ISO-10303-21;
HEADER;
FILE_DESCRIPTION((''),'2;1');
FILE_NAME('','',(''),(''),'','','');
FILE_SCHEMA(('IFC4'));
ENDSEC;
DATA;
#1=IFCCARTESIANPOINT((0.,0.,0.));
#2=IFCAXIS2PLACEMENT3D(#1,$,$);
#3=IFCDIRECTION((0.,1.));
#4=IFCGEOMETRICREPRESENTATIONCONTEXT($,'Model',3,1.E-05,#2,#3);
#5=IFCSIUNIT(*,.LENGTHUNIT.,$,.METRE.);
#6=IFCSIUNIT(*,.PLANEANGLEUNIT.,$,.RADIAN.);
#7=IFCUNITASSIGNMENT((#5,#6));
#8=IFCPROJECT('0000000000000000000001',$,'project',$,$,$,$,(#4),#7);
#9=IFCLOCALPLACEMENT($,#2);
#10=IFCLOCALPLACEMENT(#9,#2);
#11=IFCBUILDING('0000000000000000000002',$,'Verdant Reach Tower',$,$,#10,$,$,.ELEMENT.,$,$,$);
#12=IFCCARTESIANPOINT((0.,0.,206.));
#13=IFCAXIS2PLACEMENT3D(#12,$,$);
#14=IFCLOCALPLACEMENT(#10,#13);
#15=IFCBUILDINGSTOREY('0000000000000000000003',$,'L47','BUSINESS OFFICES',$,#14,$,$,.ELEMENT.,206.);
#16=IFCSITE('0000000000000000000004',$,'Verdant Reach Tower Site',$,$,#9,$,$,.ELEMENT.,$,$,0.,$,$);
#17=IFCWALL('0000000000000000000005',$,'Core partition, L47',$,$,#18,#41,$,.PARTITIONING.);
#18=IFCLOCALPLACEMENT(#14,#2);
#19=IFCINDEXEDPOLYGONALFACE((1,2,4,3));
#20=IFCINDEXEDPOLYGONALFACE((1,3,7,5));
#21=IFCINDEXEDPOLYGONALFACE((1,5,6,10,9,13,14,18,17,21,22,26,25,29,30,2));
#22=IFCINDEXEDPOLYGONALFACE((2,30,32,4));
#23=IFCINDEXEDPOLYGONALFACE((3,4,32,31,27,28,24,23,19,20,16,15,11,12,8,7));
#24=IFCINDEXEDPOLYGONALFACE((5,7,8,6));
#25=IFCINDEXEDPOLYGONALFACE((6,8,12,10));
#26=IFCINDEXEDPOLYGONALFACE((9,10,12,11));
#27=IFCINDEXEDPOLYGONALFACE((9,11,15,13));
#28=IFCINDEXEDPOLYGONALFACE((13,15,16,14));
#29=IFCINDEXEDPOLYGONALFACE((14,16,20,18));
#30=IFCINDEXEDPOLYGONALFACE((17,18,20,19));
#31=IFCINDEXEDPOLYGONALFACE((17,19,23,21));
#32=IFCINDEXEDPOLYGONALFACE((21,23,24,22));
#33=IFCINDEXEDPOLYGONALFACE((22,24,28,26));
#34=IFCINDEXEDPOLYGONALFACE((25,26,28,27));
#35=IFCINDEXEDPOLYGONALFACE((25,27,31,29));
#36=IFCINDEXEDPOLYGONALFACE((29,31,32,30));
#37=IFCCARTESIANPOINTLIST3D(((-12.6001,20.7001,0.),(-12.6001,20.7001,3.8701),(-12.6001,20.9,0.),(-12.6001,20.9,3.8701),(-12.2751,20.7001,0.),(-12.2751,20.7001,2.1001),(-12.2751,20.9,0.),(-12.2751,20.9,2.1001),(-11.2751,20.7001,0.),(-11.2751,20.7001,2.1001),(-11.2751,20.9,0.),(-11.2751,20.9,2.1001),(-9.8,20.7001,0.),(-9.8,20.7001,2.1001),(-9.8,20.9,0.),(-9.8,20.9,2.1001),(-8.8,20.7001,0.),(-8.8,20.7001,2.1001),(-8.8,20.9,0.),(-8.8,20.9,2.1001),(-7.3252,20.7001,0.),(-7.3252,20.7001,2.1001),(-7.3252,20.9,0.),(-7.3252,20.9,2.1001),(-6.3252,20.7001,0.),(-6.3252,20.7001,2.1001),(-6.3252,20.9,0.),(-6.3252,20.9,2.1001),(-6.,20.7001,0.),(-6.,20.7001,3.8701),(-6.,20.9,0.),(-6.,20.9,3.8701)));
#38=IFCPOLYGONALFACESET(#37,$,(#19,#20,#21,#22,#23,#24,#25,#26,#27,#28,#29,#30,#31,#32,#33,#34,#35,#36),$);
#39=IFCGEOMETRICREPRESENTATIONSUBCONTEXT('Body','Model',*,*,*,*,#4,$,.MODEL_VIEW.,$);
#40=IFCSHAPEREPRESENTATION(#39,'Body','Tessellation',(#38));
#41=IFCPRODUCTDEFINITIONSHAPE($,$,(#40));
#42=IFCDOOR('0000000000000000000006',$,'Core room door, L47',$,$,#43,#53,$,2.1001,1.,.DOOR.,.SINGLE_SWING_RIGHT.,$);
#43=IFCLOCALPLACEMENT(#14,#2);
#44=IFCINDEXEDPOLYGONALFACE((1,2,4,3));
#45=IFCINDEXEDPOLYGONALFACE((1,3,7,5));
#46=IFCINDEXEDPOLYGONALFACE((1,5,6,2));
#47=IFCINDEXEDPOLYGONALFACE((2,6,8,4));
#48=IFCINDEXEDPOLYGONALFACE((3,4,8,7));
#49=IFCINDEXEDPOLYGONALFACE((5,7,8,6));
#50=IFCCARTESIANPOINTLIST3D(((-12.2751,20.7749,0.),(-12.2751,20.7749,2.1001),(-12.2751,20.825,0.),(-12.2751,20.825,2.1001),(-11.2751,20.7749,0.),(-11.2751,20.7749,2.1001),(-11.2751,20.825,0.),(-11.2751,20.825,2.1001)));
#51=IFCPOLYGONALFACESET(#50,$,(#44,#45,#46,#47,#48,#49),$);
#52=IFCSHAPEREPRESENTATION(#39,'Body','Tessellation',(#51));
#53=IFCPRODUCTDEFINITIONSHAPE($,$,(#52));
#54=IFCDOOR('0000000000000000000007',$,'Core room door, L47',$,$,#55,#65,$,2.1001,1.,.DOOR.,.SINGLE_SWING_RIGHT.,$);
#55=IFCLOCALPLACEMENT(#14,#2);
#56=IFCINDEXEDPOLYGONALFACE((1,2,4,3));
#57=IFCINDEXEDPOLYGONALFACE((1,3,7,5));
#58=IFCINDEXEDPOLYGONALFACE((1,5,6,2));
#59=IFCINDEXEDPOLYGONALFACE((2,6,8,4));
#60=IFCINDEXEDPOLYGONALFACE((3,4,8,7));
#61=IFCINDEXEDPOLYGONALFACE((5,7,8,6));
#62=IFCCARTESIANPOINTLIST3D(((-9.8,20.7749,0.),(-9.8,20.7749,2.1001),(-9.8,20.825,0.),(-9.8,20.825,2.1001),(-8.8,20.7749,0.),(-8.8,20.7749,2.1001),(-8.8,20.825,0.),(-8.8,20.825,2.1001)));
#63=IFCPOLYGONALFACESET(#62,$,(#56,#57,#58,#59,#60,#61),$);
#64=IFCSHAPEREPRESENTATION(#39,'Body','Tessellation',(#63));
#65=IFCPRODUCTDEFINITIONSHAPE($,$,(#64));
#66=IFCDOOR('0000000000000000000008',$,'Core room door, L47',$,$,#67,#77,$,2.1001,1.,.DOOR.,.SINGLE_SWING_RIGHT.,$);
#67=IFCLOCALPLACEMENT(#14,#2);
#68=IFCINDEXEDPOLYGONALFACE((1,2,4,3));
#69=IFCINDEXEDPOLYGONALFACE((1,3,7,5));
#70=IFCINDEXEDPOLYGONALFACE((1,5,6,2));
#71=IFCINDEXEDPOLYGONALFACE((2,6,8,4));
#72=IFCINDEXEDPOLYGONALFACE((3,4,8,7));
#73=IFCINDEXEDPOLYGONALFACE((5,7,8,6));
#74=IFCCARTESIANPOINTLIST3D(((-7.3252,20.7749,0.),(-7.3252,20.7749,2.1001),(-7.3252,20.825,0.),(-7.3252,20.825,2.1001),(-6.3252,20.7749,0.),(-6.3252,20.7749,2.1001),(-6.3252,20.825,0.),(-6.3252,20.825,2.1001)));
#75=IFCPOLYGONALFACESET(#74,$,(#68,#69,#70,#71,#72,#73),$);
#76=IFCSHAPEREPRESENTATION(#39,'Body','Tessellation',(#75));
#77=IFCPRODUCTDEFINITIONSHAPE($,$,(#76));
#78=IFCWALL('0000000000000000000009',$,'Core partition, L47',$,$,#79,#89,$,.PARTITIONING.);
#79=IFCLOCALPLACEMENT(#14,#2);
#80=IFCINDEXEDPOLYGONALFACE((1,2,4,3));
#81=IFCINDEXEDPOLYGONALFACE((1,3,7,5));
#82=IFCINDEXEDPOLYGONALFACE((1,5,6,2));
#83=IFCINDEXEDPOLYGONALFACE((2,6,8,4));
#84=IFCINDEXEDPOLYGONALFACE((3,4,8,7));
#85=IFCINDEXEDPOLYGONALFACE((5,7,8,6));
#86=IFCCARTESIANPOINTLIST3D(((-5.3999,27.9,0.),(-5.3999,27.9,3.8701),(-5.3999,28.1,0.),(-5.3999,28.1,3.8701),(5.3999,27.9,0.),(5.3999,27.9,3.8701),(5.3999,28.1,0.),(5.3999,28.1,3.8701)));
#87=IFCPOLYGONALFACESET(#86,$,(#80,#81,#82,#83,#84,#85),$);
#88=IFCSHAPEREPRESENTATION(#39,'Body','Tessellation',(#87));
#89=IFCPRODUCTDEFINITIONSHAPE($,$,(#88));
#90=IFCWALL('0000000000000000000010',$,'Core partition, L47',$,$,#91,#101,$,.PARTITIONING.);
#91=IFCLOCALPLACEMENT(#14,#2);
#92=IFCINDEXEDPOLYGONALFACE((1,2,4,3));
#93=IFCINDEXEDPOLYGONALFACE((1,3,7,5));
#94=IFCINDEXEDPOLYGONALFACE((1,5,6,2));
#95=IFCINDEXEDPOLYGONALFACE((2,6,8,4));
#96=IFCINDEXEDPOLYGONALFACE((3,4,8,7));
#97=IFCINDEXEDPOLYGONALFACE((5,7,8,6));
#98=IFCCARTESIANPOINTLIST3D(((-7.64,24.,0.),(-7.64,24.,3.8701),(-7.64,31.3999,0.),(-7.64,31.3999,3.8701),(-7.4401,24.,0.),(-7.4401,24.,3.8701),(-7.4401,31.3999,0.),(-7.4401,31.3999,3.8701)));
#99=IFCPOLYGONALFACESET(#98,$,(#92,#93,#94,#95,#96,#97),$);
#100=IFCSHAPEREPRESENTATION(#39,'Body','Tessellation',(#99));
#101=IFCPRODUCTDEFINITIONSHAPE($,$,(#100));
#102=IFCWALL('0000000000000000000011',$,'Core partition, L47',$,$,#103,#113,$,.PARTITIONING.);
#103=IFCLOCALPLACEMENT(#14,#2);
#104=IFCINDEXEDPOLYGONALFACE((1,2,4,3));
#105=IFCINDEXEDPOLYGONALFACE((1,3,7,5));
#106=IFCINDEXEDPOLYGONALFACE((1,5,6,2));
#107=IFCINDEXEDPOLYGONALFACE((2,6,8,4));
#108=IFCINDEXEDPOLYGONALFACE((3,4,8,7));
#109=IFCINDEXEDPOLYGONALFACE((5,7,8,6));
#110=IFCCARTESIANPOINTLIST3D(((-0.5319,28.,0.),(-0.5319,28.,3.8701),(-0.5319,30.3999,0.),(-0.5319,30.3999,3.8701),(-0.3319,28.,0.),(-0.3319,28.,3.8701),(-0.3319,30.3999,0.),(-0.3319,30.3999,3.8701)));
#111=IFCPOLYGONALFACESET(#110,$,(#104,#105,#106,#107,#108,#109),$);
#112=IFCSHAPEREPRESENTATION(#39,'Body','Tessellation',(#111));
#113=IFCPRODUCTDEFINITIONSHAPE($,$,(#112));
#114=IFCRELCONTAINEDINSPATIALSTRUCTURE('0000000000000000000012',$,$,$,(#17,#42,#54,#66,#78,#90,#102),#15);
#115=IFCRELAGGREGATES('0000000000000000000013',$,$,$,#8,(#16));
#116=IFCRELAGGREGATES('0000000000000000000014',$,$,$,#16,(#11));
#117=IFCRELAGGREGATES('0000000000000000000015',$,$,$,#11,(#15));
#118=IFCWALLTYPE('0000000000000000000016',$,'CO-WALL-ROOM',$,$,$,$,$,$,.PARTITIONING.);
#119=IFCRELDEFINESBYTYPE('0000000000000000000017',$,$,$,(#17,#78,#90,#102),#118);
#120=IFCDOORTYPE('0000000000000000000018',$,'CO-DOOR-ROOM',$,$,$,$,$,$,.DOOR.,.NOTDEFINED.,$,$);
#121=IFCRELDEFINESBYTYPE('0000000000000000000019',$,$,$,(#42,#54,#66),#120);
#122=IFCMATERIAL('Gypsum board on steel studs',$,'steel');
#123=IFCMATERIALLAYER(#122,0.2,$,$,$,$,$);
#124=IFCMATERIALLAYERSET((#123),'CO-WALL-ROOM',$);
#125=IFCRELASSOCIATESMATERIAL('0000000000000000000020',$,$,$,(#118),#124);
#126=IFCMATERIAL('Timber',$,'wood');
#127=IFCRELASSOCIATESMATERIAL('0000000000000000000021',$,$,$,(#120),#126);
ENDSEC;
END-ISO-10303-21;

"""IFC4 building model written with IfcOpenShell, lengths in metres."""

from ifc_helpers import new_model, si_unit, direction, frame, frame_2d, origin, place, context, subcontext, project, spatial, rectangle, extrude, material, layer, layer_set, type_object, element, fill, save


model = new_model("IFC4")

# Units and contexts
model_context = context("Model", 3, precision=1e-05, world=origin(), true_north=direction((0.0, 1.0)))
body_context = subcontext(model_context, "Body", "Model", "MODEL_VIEW")
ifc_project = project(units=[si_unit("LENGTHUNIT", "METRE"), si_unit("PLANEANGLEUNIT", "RADIAN")], contexts=[model_context])

# Site, building, storey
site_placement = place(None, origin())
site = spatial("IfcSite", under=ifc_project, at=site_placement, Name="Verdant Reach Tower Site", CompositionType="ELEMENT", RefElevation=0.0)
building_placement = place(site_placement, origin())
building = spatial("IfcBuilding", under=site, at=building_placement, Name="Verdant Reach Tower", CompositionType="ELEMENT")
storey_placement = place(building_placement, frame((0.0, 0.0, 206.0)))
storey = spatial("IfcBuildingStorey", under=building, at=storey_placement, Name="L47", Description="BUSINESS OFFICES", CompositionType="ELEMENT", Elevation=206.0)

# Wall, openings, doors
ifc_material_1 = material(Name="Gypsum board on steel studs", Category="steel")
ifc_layer_1 = layer(ifc_material_1, 0.2)
ifc_layer_set_1 = layer_set([ifc_layer_1], Name="CO-WALL-ROOM")
wall_type_1 = type_object("IfcWallType", Name="CO-WALL-ROOM", PredefinedType="PARTITIONING", material=ifc_layer_set_1)
wall_1_placement = place(storey_placement, frame((-12.6001, 20.8, 0.0), z_axis=(0.0, 0.0, 1.0), x_axis=(1.0, 0.0, 0.0)))
wall_1 = element("IfcWall", 1, at=wall_1_placement, inside=storey, type_object=wall_type_1, Name="Core partition, L47", PredefinedType="PARTITIONING", context=body_context, shape_type="SweptSolid", body=[
    extrude(rectangle(XDim=6.6001, YDim=0.2, at=frame_2d((3.3, 0.0))), origin(), (0.0, 0.0, 1.0), 3.8701),
])
opening_1_placement = place(wall_1_placement, frame((0.325, 0.0, 0.0)))
opening_1 = element("IfcOpeningElement", 2, at=opening_1_placement, cuts=wall_1, PredefinedType="OPENING", context=body_context, shape_type="SweptSolid", body=[
    extrude(rectangle(XDim=1.0, YDim=2.1001, at=frame_2d((0.5, 1.05))), frame((0.0, 0.1099, 0.0), z_axis=(0.0, -1.0, 0.0), x_axis=(1.0, 0.0, 0.0)), (0.0, 0.0, 1.0), 0.22),
])
opening_2_placement = place(wall_1_placement, frame((2.8, 0.0, 0.0)))
opening_2 = element("IfcOpeningElement", 3, at=opening_2_placement, cuts=wall_1, PredefinedType="OPENING", context=body_context, shape_type="SweptSolid", body=[
    extrude(rectangle(XDim=1.0, YDim=2.1001, at=frame_2d((0.5, 1.05))), frame((0.0, 0.1099, 0.0), z_axis=(0.0, -1.0, 0.0), x_axis=(1.0, 0.0, 0.0)), (0.0, 0.0, 1.0), 0.22),
])
opening_3_placement = place(wall_1_placement, frame((5.2749, 0.0, 0.0)))
opening_3 = element("IfcOpeningElement", 4, at=opening_3_placement, cuts=wall_1, PredefinedType="OPENING", context=body_context, shape_type="SweptSolid", body=[
    extrude(rectangle(XDim=1.0, YDim=2.1001, at=frame_2d((0.5, 1.05))), frame((0.0, 0.1099, 0.0), z_axis=(0.0, -1.0, 0.0), x_axis=(1.0, 0.0, 0.0)), (0.0, 0.0, 1.0), 0.22),
])
ifc_material_2 = material(Name="Timber", Category="wood")
door_type_1 = type_object("IfcDoorType", Name="CO-DOOR-ROOM", OperationType="NOTDEFINED", PredefinedType="DOOR", material=ifc_material_2)
door_1_placement = place(opening_1_placement, origin())
door_1 = element("IfcDoor", 5, at=door_1_placement, inside=storey, type_object=door_type_1, Name="Core room door, L47", OperationType="SINGLE_SWING_RIGHT", OverallHeight=2.1001, OverallWidth=1.0, PredefinedType="DOOR", context=body_context, shape_type="SweptSolid", body=[
    extrude(rectangle(XDim=1.0, YDim=2.1001, at=frame_2d((0.5, 1.05))), frame((0.0, 0.0249, 0.0), z_axis=(0.0, -1.0, 0.0), x_axis=(1.0, 0.0, 0.0)), (0.0, 0.0, 1.0), 0.05),
])
fill(opening_1, door_1)
door_2_placement = place(opening_2_placement, origin())
door_2 = element("IfcDoor", 6, at=door_2_placement, inside=storey, type_object=door_type_1, Name="Core room door, L47", OperationType="SINGLE_SWING_RIGHT", OverallHeight=2.1001, OverallWidth=1.0, PredefinedType="DOOR", context=body_context, shape_type="SweptSolid", body=[
    extrude(rectangle(XDim=1.0, YDim=2.1001, at=frame_2d((0.5, 1.05))), frame((0.0, 0.0249, 0.0), z_axis=(0.0, -1.0, 0.0), x_axis=(1.0, 0.0, 0.0)), (0.0, 0.0, 1.0), 0.05),
])
fill(opening_2, door_2)
door_3_placement = place(opening_3_placement, origin())
door_3 = element("IfcDoor", 7, at=door_3_placement, inside=storey, type_object=door_type_1, Name="Core room door, L47", OperationType="SINGLE_SWING_RIGHT", OverallHeight=2.1001, OverallWidth=1.0, PredefinedType="DOOR", context=body_context, shape_type="SweptSolid", body=[
    extrude(rectangle(XDim=1.0, YDim=2.1001, at=frame_2d((0.5, 1.05))), frame((0.0, 0.0249, 0.0), z_axis=(0.0, -1.0, 0.0), x_axis=(1.0, 0.0, 0.0)), (0.0, 0.0, 1.0), 0.05),
])
fill(opening_3, door_3)

# Walls
wall_2_placement = place(storey_placement, frame((-5.3999, 28.0, 0.0), z_axis=(0.0, 0.0, 1.0), x_axis=(1.0, 0.0, 0.0)))
element("IfcWall", 8, at=wall_2_placement, inside=storey, type_object=wall_type_1, Name="Core partition, L47", PredefinedType="PARTITIONING", context=body_context, shape_type="SweptSolid", body=[
    extrude(rectangle(XDim=10.7998, YDim=0.2, at=frame_2d((5.3999, 0.0))), origin(), (0.0, 0.0, 1.0), 3.8701),
])
wall_3_placement = place(storey_placement, frame((-7.54, 24.0, 0.0), z_axis=(0.0, 0.0, 1.0), x_axis=(0.0, 1.0, 0.0)))
element("IfcWall", 9, at=wall_3_placement, inside=storey, type_object=wall_type_1, Name="Core partition, L47", PredefinedType="PARTITIONING", context=body_context, shape_type="SweptSolid", body=[
    extrude(rectangle(XDim=7.3999, YDim=0.2, at=frame_2d((3.7, 0.0))), origin(), (0.0, 0.0, 1.0), 3.8701),
])
wall_4_placement = place(storey_placement, frame((-0.4319, 28.0, 0.0), z_axis=(0.0, 0.0, 1.0), x_axis=(0.0, 1.0, 0.0)))
element("IfcWall", 10, at=wall_4_placement, inside=storey, type_object=wall_type_1, Name="Core partition, L47", PredefinedType="PARTITIONING", context=body_context, shape_type="SweptSolid", body=[
    extrude(rectangle(XDim=2.3999, YDim=0.2, at=frame_2d((1.2, 0.0))), origin(), (0.0, 0.0, 1.0), 3.8701),
])

save(model, "model.ifc")
